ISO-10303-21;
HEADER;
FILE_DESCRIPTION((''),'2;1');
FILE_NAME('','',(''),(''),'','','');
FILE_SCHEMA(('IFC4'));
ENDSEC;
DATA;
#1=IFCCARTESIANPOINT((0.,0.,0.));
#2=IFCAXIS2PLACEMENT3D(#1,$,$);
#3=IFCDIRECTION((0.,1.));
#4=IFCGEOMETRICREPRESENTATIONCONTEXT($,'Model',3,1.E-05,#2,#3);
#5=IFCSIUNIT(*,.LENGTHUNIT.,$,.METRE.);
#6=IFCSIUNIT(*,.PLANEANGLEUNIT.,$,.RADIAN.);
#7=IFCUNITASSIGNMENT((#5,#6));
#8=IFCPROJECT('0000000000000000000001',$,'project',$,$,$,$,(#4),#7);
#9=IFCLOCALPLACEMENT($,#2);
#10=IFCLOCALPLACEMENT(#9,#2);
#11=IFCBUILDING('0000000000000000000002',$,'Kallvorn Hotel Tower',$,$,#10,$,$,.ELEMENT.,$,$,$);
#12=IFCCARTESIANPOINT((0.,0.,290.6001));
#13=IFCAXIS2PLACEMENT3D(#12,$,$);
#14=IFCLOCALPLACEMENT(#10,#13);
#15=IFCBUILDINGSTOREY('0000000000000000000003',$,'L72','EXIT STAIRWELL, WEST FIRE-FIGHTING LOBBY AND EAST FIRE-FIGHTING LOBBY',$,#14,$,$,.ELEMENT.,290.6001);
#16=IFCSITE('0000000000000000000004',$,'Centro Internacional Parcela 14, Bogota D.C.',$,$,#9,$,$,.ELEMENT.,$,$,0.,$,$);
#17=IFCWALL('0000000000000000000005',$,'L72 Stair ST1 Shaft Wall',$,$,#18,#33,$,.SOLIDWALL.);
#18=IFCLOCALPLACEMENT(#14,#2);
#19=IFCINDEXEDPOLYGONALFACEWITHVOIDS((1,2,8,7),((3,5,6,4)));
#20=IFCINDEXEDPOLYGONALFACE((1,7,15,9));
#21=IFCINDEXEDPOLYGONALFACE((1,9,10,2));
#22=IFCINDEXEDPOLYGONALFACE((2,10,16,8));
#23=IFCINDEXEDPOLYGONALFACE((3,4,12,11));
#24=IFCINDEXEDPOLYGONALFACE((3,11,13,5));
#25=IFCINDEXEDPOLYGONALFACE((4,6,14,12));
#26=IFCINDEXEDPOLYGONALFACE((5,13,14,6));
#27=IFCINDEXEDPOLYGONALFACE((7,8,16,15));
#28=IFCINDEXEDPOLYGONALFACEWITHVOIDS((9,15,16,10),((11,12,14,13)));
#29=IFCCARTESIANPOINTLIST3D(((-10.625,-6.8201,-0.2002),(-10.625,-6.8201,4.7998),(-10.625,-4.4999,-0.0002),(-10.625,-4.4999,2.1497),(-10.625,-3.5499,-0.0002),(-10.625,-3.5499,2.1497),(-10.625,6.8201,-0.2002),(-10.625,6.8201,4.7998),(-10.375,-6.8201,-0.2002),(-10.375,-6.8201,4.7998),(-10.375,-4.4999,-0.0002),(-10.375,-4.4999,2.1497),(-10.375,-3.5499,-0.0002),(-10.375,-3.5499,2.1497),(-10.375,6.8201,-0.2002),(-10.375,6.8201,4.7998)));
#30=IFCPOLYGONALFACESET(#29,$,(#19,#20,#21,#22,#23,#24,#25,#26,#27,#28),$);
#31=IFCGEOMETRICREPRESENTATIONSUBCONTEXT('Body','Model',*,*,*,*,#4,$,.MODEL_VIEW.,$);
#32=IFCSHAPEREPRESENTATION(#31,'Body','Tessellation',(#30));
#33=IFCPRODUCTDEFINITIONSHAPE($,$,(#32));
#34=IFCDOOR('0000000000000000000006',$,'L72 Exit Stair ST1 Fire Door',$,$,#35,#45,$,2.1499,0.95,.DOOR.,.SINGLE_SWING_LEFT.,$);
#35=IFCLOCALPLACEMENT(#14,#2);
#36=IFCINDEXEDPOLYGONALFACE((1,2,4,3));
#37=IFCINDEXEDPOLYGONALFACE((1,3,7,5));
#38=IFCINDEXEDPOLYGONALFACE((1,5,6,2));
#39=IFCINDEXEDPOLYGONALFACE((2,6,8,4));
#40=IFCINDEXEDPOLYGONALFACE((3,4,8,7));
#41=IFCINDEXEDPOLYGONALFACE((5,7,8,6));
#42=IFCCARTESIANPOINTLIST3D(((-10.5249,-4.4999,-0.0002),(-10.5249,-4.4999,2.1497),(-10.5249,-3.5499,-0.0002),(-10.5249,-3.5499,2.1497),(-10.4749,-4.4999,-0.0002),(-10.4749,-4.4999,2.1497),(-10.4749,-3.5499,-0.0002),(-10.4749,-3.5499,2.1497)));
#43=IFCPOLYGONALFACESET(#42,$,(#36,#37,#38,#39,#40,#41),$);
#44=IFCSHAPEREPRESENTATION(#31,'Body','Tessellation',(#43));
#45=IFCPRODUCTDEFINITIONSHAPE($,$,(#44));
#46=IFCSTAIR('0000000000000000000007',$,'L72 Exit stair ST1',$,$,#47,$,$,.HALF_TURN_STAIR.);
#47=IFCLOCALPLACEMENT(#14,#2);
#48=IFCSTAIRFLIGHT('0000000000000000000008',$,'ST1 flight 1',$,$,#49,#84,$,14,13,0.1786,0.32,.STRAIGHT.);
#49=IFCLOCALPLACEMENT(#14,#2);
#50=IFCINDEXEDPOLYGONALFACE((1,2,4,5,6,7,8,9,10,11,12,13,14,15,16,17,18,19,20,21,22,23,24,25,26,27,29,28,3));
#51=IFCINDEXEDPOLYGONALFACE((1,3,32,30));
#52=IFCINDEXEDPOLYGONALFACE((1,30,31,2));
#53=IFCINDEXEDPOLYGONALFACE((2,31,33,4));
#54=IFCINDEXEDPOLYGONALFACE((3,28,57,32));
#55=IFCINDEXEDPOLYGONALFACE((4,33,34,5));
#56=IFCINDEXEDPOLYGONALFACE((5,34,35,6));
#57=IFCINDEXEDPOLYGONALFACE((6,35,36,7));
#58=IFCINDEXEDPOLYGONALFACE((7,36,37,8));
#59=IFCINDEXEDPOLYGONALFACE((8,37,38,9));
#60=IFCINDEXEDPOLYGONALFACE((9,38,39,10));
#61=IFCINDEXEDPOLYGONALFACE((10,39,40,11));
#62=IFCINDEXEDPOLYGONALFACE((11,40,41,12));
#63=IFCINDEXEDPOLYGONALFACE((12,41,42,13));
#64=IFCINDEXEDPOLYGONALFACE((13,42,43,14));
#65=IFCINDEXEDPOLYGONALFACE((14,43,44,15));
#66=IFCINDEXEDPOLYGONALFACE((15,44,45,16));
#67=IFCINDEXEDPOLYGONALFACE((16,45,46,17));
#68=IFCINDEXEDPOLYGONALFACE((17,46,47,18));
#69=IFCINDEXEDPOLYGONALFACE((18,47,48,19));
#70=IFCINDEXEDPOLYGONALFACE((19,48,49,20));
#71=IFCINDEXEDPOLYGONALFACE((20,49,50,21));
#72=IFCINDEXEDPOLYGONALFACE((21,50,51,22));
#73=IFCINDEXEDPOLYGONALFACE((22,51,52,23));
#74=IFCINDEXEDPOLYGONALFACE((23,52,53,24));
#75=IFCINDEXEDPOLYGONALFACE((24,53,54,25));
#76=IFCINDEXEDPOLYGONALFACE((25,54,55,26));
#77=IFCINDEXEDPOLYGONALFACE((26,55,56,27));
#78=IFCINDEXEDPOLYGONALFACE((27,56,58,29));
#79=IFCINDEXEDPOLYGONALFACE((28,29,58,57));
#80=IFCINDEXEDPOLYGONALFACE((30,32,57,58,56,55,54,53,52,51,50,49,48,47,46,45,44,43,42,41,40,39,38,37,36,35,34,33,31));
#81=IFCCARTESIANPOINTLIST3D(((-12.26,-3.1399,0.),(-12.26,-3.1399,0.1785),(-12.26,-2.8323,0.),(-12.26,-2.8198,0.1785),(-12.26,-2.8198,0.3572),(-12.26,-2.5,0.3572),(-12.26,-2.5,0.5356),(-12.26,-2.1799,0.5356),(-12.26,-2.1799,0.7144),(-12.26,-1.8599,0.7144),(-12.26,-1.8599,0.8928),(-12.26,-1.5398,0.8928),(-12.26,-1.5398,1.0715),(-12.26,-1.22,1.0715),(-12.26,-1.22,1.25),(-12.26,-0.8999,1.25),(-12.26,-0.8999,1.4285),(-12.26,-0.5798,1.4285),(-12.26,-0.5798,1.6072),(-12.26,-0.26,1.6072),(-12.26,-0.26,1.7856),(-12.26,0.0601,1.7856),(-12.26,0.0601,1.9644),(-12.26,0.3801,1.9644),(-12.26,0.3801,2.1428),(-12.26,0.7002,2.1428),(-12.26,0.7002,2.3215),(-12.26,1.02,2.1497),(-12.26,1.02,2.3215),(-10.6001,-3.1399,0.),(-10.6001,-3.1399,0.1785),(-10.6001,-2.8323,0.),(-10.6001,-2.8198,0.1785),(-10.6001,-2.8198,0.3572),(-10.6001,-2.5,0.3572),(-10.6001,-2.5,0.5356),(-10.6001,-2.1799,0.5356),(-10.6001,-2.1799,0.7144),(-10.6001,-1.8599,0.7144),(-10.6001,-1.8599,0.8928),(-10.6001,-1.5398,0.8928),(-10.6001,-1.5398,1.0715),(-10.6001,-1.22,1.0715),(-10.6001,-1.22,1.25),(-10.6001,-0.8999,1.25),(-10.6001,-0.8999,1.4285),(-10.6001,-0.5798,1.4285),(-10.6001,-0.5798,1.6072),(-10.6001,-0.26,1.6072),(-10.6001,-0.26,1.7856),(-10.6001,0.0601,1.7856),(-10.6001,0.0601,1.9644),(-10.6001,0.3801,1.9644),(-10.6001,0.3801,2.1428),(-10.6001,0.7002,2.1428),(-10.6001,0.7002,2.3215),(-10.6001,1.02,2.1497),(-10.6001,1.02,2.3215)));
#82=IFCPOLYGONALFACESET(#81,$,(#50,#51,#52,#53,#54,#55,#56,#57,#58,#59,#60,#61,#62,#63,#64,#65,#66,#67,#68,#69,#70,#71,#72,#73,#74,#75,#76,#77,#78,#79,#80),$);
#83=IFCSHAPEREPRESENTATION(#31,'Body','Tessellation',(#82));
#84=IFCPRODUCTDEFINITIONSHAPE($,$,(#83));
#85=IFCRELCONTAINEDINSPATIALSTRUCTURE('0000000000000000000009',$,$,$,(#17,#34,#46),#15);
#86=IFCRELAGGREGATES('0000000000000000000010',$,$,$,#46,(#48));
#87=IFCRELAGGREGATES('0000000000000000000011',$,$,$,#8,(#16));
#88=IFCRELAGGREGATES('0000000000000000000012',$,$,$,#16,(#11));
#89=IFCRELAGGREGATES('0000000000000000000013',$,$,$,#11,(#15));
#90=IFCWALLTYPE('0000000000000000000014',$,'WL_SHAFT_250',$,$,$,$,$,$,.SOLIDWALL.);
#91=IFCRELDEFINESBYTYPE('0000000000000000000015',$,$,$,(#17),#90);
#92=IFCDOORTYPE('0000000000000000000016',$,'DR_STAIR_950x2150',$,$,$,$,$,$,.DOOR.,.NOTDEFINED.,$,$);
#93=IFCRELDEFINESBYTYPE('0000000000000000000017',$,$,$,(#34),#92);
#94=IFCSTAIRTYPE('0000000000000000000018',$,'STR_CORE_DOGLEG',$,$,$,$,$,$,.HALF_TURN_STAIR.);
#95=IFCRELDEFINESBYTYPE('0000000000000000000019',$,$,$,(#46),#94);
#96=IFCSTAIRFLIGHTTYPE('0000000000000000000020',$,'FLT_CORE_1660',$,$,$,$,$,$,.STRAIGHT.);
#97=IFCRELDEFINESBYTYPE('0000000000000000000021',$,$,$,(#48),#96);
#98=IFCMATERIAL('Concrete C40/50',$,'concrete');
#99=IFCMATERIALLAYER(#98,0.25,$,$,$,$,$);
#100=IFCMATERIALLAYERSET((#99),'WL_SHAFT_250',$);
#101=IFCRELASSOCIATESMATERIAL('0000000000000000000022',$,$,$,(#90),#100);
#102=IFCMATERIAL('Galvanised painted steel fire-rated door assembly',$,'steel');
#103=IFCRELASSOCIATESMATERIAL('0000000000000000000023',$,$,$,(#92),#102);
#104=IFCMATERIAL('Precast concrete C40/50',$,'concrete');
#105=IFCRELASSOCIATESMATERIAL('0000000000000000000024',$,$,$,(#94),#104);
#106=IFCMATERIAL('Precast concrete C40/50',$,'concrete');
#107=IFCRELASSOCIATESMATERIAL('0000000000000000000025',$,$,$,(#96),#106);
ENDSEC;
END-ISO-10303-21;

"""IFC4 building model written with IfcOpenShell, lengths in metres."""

from ifc_helpers import new_model, si_unit, direction, frame, frame_2d, origin, place, context, subcontext, project, spatial, polyline, rectangle, outline, extrude, material, layer, layer_set, type_object, element, fill, aggregate, save


model = new_model("IFC4")

# Units and contexts
model_context = context("Model", 3, precision=1e-05, world=origin(), true_north=direction((0.0, 1.0)))
body_context = subcontext(model_context, "Body", "Model", "MODEL_VIEW")
ifc_project = project(units=[si_unit("LENGTHUNIT", "METRE"), si_unit("PLANEANGLEUNIT", "RADIAN")], contexts=[model_context])

# Site, building, storey
site_placement = place(None, origin())
site = spatial("IfcSite", under=ifc_project, at=site_placement, Name="Centro Internacional Parcela 14, Bogota D.C.", CompositionType="ELEMENT", RefElevation=0.0)
building_placement = place(site_placement, origin())
building = spatial("IfcBuilding", under=site, at=building_placement, Name="Kallvorn Hotel Tower", CompositionType="ELEMENT")
storey_placement = place(building_placement, frame((0.0, 0.0, 290.6001)))
storey = spatial("IfcBuildingStorey", under=building, at=storey_placement, Name="L72", Description="EXIT STAIRWELL, WEST FIRE-FIGHTING LOBBY AND EAST FIRE-FIGHTING LOBBY", CompositionType="ELEMENT", Elevation=290.6001)

# Shared definitions
ifc_material_1 = material(Name="Concrete C40/50", Category="concrete")
ifc_layer_1 = layer(ifc_material_1, 0.25)
ifc_layer_set_1 = layer_set([ifc_layer_1], Name="WL_SHAFT_250")
wall_type_1 = type_object("IfcWallType", Name="WL_SHAFT_250", PredefinedType="SOLIDWALL", material=ifc_layer_set_1)

# Wall, opening, door
wall_1_placement = place(storey_placement, frame((-10.5, -6.8201, -0.2002), z_axis=(0.0, 0.0, 1.0), x_axis=(0.0, 1.0, 0.0)))
wall_1 = element("IfcWall", 1, at=wall_1_placement, inside=storey, type_object=wall_type_1, Name="L72 Stair ST1 Shaft Wall", PredefinedType="SOLIDWALL", context=body_context, shape_type="SweptSolid", body=[
    extrude(rectangle(XDim=13.6401, YDim=0.25, at=frame_2d((6.8201, 0.0))), origin(), (0.0, 0.0, 1.0), 5.0),
])
opening_1_placement = place(wall_1_placement, frame((2.3201, 0.0, 0.2)))
opening_1 = element("IfcOpeningElement", 2, at=opening_1_placement, cuts=wall_1, PredefinedType="OPENING", context=body_context, shape_type="SweptSolid", body=[
    extrude(rectangle(XDim=0.95, YDim=2.1499, at=frame_2d((0.4751, 1.075))), frame((0.0, 0.1399, 0.0), z_axis=(0.0, -1.0, 0.0), x_axis=(1.0, 0.0, 0.0)), (0.0, 0.0, 1.0), 0.28),
])
ifc_material_2 = material(Name="Galvanised painted steel fire-rated door assembly", Category="steel")
door_type_1 = type_object("IfcDoorType", Name="DR_STAIR_950x2150", OperationType="NOTDEFINED", PredefinedType="DOOR", material=ifc_material_2)
door_1_placement = place(opening_1_placement, origin())
door_1 = element("IfcDoor", 3, at=door_1_placement, inside=storey, type_object=door_type_1, Name="L72 Exit Stair ST1 Fire Door", OperationType="SINGLE_SWING_LEFT", OverallHeight=2.1499, OverallWidth=0.95, PredefinedType="DOOR", context=body_context, shape_type="SweptSolid", body=[
    extrude(rectangle(XDim=0.95, YDim=2.1499, at=frame_2d((0.4751, 1.075))), frame((0.0, 0.0249, 0.0), z_axis=(0.0, -1.0, 0.0), x_axis=(1.0, 0.0, 0.0)), (0.0, 0.0, 1.0), 0.05),
])
fill(opening_1, door_1)

# Stair, stair flight
ifc_material_3 = material(Name="Precast concrete C40/50", Category="concrete")
stair_type = type_object("IfcStairType", Name="STR_CORE_DOGLEG", PredefinedType="HALF_TURN_STAIR", material=ifc_material_3)
stair_placement = place(storey_placement, origin())
stair = element("IfcStair", 4, at=stair_placement, inside=storey, type_object=stair_type, Name="L72 Exit stair ST1", PredefinedType="HALF_TURN_STAIR")
ifc_material_4 = material(Name="Precast concrete C40/50", Category="concrete")
stair_flight_type = type_object("IfcStairFlightType", Name="FLT_CORE_1660", PredefinedType="STRAIGHT", material=ifc_material_4)
stair_flight_placement = place(storey_placement, frame((-11.4299, -3.1399, 0.0), z_axis=(0.0, 0.0, 1.0), x_axis=(0.0, 1.0, 0.0)))
stair_flight = element("IfcStairFlight", 5, at=stair_flight_placement, type_object=stair_flight_type, Name="ST1 flight 1", NumberOfRisers=14, NumberOfTreads=13, PredefinedType="STRAIGHT", RiserHeight=0.1786, TreadLength=0.32, context=body_context, shape_type="SweptSolid", body=[
    extrude(outline(polyline([(0.0, 0.0), (0.0, 0.1785), (0.3201, 0.1785), (0.3201, 0.3572), (0.6399, 0.3572), (0.6399, 0.5356), (0.96, 0.5356), (0.96, 0.7144), (1.28, 0.7144), (1.28, 0.8928), (1.6001, 0.8928), (1.6001, 1.0715), (1.9199, 1.0715), (1.9199, 1.25), (2.24, 1.25), (2.24, 1.4285), (2.5601, 1.4285), (2.5601, 1.6072), (2.8799, 1.6072), (2.8799, 1.7856), (3.2, 1.7856), (3.2, 1.9644), (3.52, 1.9644), (3.52, 2.1428), (3.8401, 2.1428), (3.8401, 2.3215), (4.1599, 2.3215), (4.1599, 2.5), (4.1599, 2.1497), (0.3076, 0.0), (0.0, 0.0)])), frame((0.0, 0.8301, 0.0), z_axis=(0.0, -1.0, 0.0), x_axis=(1.0, 0.0, 0.0)), (0.0, 0.0, 1.0), 1.6599),
])
aggregate(stair, [stair_flight])

save(model, "model.ifc")
